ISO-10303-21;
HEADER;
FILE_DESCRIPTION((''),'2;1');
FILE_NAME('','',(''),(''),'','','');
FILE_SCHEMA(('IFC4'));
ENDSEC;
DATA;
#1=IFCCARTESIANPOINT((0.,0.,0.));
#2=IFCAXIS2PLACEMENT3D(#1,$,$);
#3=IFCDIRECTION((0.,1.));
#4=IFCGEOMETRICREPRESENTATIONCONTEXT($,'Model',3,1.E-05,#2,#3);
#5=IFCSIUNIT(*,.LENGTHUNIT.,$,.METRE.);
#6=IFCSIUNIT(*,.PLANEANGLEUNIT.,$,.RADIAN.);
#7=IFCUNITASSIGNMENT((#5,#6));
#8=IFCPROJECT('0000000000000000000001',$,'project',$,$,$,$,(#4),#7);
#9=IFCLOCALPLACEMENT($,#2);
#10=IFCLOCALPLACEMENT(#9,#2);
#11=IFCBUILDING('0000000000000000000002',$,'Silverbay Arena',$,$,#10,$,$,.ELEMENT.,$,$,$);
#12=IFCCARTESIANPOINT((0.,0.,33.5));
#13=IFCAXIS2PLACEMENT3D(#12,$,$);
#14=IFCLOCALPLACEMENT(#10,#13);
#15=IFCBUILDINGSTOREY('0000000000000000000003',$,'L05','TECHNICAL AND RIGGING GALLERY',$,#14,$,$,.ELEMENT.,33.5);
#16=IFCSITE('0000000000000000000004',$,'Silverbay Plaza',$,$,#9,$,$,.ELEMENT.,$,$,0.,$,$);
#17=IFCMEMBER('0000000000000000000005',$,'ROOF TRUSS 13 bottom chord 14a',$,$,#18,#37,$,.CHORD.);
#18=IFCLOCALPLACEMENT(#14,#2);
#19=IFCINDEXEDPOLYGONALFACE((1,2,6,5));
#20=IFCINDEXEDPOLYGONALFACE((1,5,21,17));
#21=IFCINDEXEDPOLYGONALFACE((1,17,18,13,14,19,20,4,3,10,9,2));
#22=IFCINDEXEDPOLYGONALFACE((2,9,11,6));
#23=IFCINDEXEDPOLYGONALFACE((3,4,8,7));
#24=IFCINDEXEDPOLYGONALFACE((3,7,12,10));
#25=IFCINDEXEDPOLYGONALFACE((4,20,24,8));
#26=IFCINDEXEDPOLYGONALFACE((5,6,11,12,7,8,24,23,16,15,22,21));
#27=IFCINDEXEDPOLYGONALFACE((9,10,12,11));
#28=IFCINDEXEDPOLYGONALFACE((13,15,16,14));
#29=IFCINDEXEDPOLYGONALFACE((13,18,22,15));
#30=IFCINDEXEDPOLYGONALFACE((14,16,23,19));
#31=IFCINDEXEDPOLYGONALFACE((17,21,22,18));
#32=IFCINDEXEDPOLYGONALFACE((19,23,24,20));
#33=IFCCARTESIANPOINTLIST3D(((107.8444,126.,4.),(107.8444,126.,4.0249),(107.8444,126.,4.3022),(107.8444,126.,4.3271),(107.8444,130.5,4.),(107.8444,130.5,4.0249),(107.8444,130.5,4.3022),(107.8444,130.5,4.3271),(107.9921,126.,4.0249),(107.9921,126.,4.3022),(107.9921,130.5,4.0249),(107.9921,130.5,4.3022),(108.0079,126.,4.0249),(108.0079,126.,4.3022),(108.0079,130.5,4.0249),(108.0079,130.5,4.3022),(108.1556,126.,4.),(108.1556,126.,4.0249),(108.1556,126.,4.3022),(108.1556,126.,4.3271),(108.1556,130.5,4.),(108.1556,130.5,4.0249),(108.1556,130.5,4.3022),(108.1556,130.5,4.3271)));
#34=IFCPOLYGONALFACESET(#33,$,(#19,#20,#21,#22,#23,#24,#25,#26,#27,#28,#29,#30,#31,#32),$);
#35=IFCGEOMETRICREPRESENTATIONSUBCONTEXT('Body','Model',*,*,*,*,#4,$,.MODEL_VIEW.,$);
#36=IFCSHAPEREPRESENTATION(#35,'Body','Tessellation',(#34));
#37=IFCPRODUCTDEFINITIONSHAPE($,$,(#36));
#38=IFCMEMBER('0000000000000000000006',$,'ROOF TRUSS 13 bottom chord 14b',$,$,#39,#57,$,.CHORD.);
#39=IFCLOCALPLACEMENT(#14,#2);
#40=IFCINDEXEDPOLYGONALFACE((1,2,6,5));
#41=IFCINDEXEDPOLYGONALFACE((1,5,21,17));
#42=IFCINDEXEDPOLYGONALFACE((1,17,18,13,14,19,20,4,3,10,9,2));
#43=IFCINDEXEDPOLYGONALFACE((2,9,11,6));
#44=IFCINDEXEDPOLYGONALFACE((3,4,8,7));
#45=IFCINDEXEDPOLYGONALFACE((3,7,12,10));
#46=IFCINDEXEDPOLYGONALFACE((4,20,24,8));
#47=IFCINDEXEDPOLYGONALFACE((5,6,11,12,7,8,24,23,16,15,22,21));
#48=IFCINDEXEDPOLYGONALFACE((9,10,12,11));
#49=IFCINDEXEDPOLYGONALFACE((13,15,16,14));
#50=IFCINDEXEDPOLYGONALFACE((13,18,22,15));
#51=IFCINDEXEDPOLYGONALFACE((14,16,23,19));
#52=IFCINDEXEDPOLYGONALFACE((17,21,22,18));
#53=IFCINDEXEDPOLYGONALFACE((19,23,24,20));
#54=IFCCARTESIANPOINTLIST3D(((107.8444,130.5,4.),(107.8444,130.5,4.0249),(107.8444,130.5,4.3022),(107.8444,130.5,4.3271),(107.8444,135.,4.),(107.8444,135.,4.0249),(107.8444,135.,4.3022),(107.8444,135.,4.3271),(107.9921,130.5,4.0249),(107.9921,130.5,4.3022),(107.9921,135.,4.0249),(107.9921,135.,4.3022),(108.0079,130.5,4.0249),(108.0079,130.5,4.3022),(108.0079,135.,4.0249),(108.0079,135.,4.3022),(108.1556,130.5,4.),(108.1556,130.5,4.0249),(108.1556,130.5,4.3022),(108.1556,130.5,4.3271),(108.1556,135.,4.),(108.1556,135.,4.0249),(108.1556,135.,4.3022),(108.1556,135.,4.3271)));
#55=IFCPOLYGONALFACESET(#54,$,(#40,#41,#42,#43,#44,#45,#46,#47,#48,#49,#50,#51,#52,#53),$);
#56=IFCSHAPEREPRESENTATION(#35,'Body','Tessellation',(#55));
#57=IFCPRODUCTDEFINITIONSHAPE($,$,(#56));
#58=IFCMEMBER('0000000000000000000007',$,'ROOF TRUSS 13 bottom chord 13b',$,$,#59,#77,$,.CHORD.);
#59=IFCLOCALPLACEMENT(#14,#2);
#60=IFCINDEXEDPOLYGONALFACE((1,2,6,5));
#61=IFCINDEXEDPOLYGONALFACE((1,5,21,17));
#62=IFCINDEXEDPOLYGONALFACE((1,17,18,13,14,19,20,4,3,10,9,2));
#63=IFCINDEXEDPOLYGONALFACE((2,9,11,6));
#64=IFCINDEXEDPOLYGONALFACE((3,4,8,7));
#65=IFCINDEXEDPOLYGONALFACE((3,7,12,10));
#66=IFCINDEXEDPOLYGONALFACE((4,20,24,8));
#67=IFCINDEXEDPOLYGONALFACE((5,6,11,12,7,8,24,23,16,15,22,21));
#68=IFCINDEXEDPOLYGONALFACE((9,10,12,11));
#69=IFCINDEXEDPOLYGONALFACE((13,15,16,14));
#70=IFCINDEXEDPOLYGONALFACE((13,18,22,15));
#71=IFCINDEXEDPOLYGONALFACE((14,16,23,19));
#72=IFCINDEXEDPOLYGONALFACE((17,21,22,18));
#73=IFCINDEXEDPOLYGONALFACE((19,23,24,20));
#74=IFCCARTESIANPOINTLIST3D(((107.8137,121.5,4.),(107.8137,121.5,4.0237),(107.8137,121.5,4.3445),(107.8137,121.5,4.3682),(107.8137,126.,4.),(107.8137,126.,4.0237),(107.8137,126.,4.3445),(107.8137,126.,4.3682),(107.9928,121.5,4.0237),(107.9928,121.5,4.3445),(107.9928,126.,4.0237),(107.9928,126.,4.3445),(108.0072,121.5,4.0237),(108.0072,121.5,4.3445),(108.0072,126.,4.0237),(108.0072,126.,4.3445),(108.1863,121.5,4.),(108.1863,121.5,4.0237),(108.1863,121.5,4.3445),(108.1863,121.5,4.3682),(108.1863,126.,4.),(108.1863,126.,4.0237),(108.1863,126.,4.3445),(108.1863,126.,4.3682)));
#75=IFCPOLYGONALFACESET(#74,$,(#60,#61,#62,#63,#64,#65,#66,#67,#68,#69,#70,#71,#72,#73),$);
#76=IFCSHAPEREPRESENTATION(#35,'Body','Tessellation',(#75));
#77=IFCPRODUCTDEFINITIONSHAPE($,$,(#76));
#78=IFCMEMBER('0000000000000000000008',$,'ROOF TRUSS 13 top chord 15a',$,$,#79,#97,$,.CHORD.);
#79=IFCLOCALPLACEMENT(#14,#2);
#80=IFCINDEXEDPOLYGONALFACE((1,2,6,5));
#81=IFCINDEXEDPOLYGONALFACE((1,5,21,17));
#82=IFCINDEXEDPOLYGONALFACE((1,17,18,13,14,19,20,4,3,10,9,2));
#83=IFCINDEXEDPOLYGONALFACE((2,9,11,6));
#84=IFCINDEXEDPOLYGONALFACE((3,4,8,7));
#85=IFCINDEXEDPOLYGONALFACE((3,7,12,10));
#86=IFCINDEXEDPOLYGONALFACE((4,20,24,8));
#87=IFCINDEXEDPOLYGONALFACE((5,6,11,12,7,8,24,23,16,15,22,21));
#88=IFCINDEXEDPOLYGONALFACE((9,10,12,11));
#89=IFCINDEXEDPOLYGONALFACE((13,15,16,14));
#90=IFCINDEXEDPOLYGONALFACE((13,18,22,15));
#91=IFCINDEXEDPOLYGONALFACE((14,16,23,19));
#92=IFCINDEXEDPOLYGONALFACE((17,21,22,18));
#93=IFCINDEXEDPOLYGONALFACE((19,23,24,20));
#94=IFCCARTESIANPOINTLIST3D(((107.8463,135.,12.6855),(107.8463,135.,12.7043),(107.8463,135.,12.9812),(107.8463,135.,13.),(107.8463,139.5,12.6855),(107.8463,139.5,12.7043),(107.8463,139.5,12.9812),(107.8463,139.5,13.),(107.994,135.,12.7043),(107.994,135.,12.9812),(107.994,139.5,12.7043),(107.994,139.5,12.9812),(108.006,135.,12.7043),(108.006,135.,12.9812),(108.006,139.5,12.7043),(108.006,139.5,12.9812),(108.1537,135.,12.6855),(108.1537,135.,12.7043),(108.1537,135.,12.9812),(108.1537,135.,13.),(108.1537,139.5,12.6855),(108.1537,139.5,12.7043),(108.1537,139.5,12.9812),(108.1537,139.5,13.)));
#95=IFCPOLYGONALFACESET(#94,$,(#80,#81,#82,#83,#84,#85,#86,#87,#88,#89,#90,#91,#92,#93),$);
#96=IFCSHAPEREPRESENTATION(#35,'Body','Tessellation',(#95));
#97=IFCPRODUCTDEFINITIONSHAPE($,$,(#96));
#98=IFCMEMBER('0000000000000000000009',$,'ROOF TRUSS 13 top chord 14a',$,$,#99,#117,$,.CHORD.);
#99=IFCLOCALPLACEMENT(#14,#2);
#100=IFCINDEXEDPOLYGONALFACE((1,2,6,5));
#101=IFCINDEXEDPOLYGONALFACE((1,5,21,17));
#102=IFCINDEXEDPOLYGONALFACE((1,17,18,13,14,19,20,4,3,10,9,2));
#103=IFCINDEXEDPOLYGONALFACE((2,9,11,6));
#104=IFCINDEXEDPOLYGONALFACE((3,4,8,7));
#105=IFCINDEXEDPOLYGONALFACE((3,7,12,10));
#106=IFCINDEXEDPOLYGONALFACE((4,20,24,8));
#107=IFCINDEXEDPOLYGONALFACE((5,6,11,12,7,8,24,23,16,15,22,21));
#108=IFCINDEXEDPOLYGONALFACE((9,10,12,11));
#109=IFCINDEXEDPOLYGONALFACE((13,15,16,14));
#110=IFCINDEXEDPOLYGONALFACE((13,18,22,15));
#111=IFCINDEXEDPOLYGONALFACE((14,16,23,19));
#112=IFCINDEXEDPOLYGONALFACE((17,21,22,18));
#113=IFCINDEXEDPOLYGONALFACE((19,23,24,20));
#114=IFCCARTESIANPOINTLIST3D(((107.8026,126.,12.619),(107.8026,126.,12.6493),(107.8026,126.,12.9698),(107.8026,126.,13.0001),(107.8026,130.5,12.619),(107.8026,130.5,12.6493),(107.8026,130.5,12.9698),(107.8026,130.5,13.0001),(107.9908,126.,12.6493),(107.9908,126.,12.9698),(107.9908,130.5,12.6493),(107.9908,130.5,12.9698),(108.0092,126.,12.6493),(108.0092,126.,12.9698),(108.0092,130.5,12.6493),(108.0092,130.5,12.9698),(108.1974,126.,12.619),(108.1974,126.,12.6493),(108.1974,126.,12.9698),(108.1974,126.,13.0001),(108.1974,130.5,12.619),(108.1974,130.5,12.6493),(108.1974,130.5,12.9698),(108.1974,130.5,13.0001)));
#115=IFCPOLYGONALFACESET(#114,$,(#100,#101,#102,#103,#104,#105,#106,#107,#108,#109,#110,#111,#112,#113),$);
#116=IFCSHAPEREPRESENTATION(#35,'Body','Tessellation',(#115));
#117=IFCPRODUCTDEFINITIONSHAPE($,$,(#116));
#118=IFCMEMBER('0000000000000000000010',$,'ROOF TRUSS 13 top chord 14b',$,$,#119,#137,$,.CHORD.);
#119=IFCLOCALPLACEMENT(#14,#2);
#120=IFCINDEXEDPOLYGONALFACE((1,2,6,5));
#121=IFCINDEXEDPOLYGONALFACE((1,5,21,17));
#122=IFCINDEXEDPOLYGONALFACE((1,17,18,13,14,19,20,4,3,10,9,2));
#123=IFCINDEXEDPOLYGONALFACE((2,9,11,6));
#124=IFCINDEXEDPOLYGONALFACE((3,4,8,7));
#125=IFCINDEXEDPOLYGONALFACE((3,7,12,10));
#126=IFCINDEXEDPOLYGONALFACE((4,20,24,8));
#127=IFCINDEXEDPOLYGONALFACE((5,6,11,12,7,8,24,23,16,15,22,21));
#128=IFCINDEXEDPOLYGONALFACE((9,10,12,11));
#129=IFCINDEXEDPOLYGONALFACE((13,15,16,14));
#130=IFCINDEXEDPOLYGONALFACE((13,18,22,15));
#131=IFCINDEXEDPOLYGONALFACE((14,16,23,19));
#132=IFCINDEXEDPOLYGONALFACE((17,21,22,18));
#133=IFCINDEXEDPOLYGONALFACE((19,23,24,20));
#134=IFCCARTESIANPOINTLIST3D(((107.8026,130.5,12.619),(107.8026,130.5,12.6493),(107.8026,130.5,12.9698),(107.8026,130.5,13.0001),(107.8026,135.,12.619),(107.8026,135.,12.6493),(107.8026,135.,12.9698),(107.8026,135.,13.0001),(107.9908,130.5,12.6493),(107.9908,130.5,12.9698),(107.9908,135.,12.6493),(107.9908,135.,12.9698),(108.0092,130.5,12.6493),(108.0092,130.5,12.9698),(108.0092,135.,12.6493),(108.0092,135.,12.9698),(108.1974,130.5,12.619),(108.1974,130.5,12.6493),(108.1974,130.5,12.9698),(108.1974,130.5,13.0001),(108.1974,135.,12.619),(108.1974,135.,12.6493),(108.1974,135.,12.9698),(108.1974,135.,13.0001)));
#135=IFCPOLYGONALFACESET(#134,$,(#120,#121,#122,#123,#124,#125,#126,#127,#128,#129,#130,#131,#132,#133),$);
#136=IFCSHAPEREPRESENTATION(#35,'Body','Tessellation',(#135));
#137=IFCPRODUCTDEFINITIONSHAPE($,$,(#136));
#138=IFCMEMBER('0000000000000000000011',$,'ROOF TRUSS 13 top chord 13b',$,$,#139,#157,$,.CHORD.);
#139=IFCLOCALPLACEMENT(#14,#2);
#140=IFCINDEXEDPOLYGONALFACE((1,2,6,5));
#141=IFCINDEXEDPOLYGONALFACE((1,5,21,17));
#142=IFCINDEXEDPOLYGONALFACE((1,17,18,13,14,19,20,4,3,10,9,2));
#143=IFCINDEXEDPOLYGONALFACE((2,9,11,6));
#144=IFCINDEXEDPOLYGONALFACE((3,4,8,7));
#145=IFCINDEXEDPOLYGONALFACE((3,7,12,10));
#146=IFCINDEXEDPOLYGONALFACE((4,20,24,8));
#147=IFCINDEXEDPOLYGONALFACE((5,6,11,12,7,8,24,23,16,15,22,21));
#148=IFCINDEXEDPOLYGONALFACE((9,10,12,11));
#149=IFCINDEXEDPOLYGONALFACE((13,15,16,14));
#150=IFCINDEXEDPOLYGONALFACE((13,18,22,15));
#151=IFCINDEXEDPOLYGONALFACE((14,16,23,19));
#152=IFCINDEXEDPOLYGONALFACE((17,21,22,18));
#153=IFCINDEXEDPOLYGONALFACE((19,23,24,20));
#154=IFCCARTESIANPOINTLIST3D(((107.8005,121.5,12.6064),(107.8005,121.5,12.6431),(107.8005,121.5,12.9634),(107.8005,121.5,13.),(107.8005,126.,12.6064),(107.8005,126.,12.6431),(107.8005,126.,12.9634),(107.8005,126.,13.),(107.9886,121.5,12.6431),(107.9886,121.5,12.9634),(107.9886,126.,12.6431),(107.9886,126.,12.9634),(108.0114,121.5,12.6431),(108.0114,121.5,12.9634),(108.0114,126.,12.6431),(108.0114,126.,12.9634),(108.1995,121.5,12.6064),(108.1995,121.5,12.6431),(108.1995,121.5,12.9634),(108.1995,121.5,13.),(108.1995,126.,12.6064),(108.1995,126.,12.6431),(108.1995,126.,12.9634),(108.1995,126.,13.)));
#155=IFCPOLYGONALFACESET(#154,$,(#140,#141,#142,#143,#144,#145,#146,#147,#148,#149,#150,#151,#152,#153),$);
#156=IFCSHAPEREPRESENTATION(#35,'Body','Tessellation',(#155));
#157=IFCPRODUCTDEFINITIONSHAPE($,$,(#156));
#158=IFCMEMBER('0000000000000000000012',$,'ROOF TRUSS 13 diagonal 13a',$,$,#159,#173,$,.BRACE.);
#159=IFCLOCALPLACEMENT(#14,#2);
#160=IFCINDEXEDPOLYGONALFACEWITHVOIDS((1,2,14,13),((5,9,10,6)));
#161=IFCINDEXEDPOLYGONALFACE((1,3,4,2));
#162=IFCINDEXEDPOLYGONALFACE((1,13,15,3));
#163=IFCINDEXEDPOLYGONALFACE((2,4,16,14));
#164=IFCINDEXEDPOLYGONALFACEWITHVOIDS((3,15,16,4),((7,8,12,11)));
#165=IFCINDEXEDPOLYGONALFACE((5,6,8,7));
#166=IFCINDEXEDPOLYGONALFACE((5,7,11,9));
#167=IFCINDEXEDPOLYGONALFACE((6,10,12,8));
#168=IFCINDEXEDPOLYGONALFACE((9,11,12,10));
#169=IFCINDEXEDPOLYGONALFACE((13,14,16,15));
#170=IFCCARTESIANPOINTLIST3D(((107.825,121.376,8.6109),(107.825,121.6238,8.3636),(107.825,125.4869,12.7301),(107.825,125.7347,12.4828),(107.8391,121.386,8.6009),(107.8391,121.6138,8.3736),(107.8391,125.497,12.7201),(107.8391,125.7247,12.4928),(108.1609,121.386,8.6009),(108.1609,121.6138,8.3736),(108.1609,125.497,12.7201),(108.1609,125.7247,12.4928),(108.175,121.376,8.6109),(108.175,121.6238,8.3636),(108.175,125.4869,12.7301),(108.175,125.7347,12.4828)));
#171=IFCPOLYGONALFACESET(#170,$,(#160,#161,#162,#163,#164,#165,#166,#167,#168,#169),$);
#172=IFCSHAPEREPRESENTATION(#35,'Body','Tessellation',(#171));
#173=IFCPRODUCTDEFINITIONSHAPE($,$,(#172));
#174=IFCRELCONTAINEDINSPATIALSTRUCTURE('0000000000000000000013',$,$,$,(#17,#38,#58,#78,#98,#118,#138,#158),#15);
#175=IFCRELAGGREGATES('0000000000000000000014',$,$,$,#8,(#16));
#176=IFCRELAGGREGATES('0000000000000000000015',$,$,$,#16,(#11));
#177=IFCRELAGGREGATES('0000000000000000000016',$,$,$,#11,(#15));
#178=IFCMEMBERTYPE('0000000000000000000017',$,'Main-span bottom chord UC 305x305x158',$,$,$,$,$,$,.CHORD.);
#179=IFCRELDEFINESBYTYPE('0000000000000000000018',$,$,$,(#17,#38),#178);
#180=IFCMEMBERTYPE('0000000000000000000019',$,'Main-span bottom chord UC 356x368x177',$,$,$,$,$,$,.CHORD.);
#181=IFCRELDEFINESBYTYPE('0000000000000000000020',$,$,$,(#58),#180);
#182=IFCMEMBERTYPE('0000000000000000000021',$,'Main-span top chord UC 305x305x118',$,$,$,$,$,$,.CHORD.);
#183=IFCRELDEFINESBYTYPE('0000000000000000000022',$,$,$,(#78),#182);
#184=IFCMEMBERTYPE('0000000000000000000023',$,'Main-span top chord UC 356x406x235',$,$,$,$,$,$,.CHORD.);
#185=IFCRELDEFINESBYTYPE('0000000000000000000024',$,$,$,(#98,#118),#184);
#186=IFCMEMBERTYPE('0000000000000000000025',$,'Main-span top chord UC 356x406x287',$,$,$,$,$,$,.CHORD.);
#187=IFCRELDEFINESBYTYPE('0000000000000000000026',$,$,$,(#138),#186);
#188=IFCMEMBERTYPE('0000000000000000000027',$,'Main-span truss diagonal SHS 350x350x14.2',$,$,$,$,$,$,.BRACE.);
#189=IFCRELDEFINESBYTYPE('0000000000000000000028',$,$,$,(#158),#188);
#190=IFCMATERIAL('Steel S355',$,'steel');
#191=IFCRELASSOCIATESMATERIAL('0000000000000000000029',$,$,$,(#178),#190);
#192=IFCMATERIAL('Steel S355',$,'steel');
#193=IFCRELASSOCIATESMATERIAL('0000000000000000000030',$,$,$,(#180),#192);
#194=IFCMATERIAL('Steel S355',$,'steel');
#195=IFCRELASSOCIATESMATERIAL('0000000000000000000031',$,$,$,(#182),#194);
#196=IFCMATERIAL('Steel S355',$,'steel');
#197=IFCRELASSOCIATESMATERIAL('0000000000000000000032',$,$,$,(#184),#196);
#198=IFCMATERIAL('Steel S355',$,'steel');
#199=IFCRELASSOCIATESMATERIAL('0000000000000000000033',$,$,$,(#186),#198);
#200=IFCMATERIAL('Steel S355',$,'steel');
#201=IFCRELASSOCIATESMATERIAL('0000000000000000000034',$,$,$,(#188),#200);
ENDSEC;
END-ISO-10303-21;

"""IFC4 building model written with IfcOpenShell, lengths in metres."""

from ifc_helpers import new_model, si_unit, direction, frame, origin, origin_2d, place, context, subcontext, project, spatial, hollow_rectangle, i_section, extrude, material, material_profile, profile_set, type_object, element, save


model = new_model("IFC4")

# Units and contexts
model_context = context("Model", 3, precision=1e-05, world=origin(), true_north=direction((0.0, 1.0)))
body_context = subcontext(model_context, "Body", "Model", "MODEL_VIEW")
ifc_project = project(units=[si_unit("LENGTHUNIT", "METRE"), si_unit("PLANEANGLEUNIT", "RADIAN")], contexts=[model_context])

# Site, building, storey
site_placement = place(None, origin())
site = spatial("IfcSite", under=ifc_project, at=site_placement, Name="Silverbay Plaza", CompositionType="ELEMENT", RefElevation=0.0)
building_placement = place(site_placement, origin())
building = spatial("IfcBuilding", under=site, at=building_placement, Name="Silverbay Arena", CompositionType="ELEMENT")
storey_placement = place(building_placement, frame((0.0, 0.0, 33.5)))
storey = spatial("IfcBuildingStorey", under=building, at=storey_placement, Name="L05", Description="TECHNICAL AND RIGGING GALLERY", CompositionType="ELEMENT", Elevation=33.5)

# Members
ifc_material_1 = material(Name="Steel S355", Category="steel")
ifc_material_profile_1 = material_profile(ifc_material_1, i_section(OverallWidth=0.3113, OverallDepth=0.3271, WebThickness=0.0159, FlangeThickness=0.0249, at=origin_2d()), Name="UC 305x305x158")
ifc_profile_set_1 = profile_set([ifc_material_profile_1], Name="Steel S355")
member_type_1 = type_object("IfcMemberType", Name="Main-span bottom chord UC 305x305x158", PredefinedType="CHORD", material=ifc_profile_set_1)
for number, where, z_axis, x_axis, name in (
    (1, (108.0, 126.0, 4.1636), (0.0, 1.0, 0.0), (-1.0, 0.0, 0.0), "ROOF TRUSS 13 bottom chord 14a"),
    (2, (108.0, 130.5, 4.1636), (0.0, 1.0, 0.0), (-1.0, 0.0, 0.0), "ROOF TRUSS 13 bottom chord 14b"),
):
    element("IfcMember", number, at=place(storey_placement, frame(where, z_axis=z_axis, x_axis=x_axis)), inside=storey, type_object=member_type_1, Name=name, PredefinedType="CHORD", context=body_context, shape_type="SweptSolid", body=[
        extrude(i_section(OverallWidth=0.3113, OverallDepth=0.3271, WebThickness=0.0159, FlangeThickness=0.0249, at=origin_2d()), origin(), (0.0, 0.0, 1.0), 4.5),
    ])
ifc_material_2 = material(Name="Steel S355", Category="steel")
ifc_material_profile_2 = material_profile(ifc_material_2, i_section(OverallWidth=0.3726, OverallDepth=0.3682, WebThickness=0.0144, FlangeThickness=0.0237, at=origin_2d()), Name="UC 356x368x177")
ifc_profile_set_2 = profile_set([ifc_material_profile_2], Name="Steel S355")
member_type_2 = type_object("IfcMemberType", Name="Main-span bottom chord UC 356x368x177", PredefinedType="CHORD", material=ifc_profile_set_2)
member_1_placement = place(storey_placement, frame((108.0, 121.5, 4.1841), z_axis=(0.0, 1.0, 0.0), x_axis=(-1.0, 0.0, 0.0)))
element("IfcMember", 3, at=member_1_placement, inside=storey, type_object=member_type_2, Name="ROOF TRUSS 13 bottom chord 13b", PredefinedType="CHORD", context=body_context, shape_type="SweptSolid", body=[
    extrude(i_section(OverallWidth=0.3726, OverallDepth=0.3682, WebThickness=0.0144, FlangeThickness=0.0237, at=origin_2d()), origin(), (0.0, 0.0, 1.0), 4.5),
])
ifc_material_3 = material(Name="Steel S355", Category="steel")
ifc_material_profile_3 = material_profile(ifc_material_3, i_section(OverallWidth=0.3074, OverallDepth=0.3145, WebThickness=0.012, FlangeThickness=0.0188, at=origin_2d()), Name="UC 305x305x118")
ifc_profile_set_3 = profile_set([ifc_material_profile_3], Name="Steel S355")
member_type_3 = type_object("IfcMemberType", Name="Main-span top chord UC 305x305x118", PredefinedType="CHORD", material=ifc_profile_set_3)
member_2_placement = place(storey_placement, frame((108.0, 135.0, 12.8428), z_axis=(0.0, 1.0, 0.0), x_axis=(-1.0, 0.0, 0.0)))
element("IfcMember", 4, at=member_2_placement, inside=storey, type_object=member_type_3, Name="ROOF TRUSS 13 top chord 15a", PredefinedType="CHORD", context=body_context, shape_type="SweptSolid", body=[
    extrude(i_section(OverallWidth=0.3074, OverallDepth=0.3145, WebThickness=0.012, FlangeThickness=0.0188, at=origin_2d()), origin(), (0.0, 0.0, 1.0), 4.5),
])
ifc_material_4 = material(Name="Steel S355", Category="steel")
ifc_material_profile_4 = material_profile(ifc_material_4, i_section(OverallWidth=0.3948, OverallDepth=0.3811, WebThickness=0.0183, FlangeThickness=0.0303, at=origin_2d()), Name="UC 356x406x235")
ifc_profile_set_4 = profile_set([ifc_material_profile_4], Name="Steel S355")
member_type_4 = type_object("IfcMemberType", Name="Main-span top chord UC 356x406x235", PredefinedType="CHORD", material=ifc_profile_set_4)
for number, where, z_axis, x_axis, name in (
    (5, (108.0, 126.0, 12.8096), (0.0, 1.0, 0.0), (-1.0, 0.0, 0.0), "ROOF TRUSS 13 top chord 14a"),
    (6, (108.0, 130.5, 12.8096), (0.0, 1.0, 0.0), (-1.0, 0.0, 0.0), "ROOF TRUSS 13 top chord 14b"),
):
    element("IfcMember", number, at=place(storey_placement, frame(where, z_axis=z_axis, x_axis=x_axis)), inside=storey, type_object=member_type_4, Name=name, PredefinedType="CHORD", context=body_context, shape_type="SweptSolid", body=[
        extrude(i_section(OverallWidth=0.3948, OverallDepth=0.3811, WebThickness=0.0183, FlangeThickness=0.0303, at=origin_2d()), origin(), (0.0, 0.0, 1.0), 4.5),
    ])
ifc_material_5 = material(Name="Steel S355", Category="steel")
ifc_material_profile_5 = material_profile(ifc_material_5, i_section(OverallWidth=0.3989, OverallDepth=0.3936, WebThickness=0.0227, FlangeThickness=0.0366, at=origin_2d()), Name="UC 356x406x287")
ifc_profile_set_5 = profile_set([ifc_material_profile_5], Name="Steel S355")
member_type_5 = type_object("IfcMemberType", Name="Main-span top chord UC 356x406x287", PredefinedType="CHORD", material=ifc_profile_set_5)
member_3_placement = place(storey_placement, frame((108.0, 121.5, 12.8032), z_axis=(0.0, 1.0, 0.0), x_axis=(-1.0, 0.0, 0.0)))
element("IfcMember", 7, at=member_3_placement, inside=storey, type_object=member_type_5, Name="ROOF TRUSS 13 top chord 13b", PredefinedType="CHORD", context=body_context, shape_type="SweptSolid", body=[
    extrude(i_section(OverallWidth=0.3989, OverallDepth=0.3936, WebThickness=0.0227, FlangeThickness=0.0366, at=origin_2d()), origin(), (0.0, 0.0, 1.0), 4.5),
])
ifc_material_6 = material(Name="Steel S355", Category="steel")
ifc_material_profile_6 = material_profile(ifc_material_6, hollow_rectangle(XDim=0.3501, YDim=0.3501, WallThickness=0.0142, at=origin_2d()), Name="SHS 350x350x14.2")
ifc_profile_set_6 = profile_set([ifc_material_profile_6], Name="Steel S355")
member_type_6 = type_object("IfcMemberType", Name="Main-span truss diagonal SHS 350x350x14.2", PredefinedType="BRACE", material=ifc_profile_set_6)
for number, where, z_axis, x_axis, name in (
    (8, (108.0, 125.6108, 12.6064), (0.0, -0.706393, -0.70782), (1.0, 0.0, 0.0), "ROOF TRUSS 13 diagonal 13a"),
):
    element("IfcMember", number, at=place(storey_placement, frame(where, z_axis=z_axis, x_axis=x_axis)), inside=storey, type_object=member_type_6, Name=name, PredefinedType="BRACE", context=body_context, shape_type="SweptSolid", body=[
        extrude(hollow_rectangle(XDim=0.3501, YDim=0.3501, WallThickness=0.0142, at=origin_2d()), origin(), (0.0, 0.0, 1.0), 5.8196),
    ])

save(model, "model.ifc")
